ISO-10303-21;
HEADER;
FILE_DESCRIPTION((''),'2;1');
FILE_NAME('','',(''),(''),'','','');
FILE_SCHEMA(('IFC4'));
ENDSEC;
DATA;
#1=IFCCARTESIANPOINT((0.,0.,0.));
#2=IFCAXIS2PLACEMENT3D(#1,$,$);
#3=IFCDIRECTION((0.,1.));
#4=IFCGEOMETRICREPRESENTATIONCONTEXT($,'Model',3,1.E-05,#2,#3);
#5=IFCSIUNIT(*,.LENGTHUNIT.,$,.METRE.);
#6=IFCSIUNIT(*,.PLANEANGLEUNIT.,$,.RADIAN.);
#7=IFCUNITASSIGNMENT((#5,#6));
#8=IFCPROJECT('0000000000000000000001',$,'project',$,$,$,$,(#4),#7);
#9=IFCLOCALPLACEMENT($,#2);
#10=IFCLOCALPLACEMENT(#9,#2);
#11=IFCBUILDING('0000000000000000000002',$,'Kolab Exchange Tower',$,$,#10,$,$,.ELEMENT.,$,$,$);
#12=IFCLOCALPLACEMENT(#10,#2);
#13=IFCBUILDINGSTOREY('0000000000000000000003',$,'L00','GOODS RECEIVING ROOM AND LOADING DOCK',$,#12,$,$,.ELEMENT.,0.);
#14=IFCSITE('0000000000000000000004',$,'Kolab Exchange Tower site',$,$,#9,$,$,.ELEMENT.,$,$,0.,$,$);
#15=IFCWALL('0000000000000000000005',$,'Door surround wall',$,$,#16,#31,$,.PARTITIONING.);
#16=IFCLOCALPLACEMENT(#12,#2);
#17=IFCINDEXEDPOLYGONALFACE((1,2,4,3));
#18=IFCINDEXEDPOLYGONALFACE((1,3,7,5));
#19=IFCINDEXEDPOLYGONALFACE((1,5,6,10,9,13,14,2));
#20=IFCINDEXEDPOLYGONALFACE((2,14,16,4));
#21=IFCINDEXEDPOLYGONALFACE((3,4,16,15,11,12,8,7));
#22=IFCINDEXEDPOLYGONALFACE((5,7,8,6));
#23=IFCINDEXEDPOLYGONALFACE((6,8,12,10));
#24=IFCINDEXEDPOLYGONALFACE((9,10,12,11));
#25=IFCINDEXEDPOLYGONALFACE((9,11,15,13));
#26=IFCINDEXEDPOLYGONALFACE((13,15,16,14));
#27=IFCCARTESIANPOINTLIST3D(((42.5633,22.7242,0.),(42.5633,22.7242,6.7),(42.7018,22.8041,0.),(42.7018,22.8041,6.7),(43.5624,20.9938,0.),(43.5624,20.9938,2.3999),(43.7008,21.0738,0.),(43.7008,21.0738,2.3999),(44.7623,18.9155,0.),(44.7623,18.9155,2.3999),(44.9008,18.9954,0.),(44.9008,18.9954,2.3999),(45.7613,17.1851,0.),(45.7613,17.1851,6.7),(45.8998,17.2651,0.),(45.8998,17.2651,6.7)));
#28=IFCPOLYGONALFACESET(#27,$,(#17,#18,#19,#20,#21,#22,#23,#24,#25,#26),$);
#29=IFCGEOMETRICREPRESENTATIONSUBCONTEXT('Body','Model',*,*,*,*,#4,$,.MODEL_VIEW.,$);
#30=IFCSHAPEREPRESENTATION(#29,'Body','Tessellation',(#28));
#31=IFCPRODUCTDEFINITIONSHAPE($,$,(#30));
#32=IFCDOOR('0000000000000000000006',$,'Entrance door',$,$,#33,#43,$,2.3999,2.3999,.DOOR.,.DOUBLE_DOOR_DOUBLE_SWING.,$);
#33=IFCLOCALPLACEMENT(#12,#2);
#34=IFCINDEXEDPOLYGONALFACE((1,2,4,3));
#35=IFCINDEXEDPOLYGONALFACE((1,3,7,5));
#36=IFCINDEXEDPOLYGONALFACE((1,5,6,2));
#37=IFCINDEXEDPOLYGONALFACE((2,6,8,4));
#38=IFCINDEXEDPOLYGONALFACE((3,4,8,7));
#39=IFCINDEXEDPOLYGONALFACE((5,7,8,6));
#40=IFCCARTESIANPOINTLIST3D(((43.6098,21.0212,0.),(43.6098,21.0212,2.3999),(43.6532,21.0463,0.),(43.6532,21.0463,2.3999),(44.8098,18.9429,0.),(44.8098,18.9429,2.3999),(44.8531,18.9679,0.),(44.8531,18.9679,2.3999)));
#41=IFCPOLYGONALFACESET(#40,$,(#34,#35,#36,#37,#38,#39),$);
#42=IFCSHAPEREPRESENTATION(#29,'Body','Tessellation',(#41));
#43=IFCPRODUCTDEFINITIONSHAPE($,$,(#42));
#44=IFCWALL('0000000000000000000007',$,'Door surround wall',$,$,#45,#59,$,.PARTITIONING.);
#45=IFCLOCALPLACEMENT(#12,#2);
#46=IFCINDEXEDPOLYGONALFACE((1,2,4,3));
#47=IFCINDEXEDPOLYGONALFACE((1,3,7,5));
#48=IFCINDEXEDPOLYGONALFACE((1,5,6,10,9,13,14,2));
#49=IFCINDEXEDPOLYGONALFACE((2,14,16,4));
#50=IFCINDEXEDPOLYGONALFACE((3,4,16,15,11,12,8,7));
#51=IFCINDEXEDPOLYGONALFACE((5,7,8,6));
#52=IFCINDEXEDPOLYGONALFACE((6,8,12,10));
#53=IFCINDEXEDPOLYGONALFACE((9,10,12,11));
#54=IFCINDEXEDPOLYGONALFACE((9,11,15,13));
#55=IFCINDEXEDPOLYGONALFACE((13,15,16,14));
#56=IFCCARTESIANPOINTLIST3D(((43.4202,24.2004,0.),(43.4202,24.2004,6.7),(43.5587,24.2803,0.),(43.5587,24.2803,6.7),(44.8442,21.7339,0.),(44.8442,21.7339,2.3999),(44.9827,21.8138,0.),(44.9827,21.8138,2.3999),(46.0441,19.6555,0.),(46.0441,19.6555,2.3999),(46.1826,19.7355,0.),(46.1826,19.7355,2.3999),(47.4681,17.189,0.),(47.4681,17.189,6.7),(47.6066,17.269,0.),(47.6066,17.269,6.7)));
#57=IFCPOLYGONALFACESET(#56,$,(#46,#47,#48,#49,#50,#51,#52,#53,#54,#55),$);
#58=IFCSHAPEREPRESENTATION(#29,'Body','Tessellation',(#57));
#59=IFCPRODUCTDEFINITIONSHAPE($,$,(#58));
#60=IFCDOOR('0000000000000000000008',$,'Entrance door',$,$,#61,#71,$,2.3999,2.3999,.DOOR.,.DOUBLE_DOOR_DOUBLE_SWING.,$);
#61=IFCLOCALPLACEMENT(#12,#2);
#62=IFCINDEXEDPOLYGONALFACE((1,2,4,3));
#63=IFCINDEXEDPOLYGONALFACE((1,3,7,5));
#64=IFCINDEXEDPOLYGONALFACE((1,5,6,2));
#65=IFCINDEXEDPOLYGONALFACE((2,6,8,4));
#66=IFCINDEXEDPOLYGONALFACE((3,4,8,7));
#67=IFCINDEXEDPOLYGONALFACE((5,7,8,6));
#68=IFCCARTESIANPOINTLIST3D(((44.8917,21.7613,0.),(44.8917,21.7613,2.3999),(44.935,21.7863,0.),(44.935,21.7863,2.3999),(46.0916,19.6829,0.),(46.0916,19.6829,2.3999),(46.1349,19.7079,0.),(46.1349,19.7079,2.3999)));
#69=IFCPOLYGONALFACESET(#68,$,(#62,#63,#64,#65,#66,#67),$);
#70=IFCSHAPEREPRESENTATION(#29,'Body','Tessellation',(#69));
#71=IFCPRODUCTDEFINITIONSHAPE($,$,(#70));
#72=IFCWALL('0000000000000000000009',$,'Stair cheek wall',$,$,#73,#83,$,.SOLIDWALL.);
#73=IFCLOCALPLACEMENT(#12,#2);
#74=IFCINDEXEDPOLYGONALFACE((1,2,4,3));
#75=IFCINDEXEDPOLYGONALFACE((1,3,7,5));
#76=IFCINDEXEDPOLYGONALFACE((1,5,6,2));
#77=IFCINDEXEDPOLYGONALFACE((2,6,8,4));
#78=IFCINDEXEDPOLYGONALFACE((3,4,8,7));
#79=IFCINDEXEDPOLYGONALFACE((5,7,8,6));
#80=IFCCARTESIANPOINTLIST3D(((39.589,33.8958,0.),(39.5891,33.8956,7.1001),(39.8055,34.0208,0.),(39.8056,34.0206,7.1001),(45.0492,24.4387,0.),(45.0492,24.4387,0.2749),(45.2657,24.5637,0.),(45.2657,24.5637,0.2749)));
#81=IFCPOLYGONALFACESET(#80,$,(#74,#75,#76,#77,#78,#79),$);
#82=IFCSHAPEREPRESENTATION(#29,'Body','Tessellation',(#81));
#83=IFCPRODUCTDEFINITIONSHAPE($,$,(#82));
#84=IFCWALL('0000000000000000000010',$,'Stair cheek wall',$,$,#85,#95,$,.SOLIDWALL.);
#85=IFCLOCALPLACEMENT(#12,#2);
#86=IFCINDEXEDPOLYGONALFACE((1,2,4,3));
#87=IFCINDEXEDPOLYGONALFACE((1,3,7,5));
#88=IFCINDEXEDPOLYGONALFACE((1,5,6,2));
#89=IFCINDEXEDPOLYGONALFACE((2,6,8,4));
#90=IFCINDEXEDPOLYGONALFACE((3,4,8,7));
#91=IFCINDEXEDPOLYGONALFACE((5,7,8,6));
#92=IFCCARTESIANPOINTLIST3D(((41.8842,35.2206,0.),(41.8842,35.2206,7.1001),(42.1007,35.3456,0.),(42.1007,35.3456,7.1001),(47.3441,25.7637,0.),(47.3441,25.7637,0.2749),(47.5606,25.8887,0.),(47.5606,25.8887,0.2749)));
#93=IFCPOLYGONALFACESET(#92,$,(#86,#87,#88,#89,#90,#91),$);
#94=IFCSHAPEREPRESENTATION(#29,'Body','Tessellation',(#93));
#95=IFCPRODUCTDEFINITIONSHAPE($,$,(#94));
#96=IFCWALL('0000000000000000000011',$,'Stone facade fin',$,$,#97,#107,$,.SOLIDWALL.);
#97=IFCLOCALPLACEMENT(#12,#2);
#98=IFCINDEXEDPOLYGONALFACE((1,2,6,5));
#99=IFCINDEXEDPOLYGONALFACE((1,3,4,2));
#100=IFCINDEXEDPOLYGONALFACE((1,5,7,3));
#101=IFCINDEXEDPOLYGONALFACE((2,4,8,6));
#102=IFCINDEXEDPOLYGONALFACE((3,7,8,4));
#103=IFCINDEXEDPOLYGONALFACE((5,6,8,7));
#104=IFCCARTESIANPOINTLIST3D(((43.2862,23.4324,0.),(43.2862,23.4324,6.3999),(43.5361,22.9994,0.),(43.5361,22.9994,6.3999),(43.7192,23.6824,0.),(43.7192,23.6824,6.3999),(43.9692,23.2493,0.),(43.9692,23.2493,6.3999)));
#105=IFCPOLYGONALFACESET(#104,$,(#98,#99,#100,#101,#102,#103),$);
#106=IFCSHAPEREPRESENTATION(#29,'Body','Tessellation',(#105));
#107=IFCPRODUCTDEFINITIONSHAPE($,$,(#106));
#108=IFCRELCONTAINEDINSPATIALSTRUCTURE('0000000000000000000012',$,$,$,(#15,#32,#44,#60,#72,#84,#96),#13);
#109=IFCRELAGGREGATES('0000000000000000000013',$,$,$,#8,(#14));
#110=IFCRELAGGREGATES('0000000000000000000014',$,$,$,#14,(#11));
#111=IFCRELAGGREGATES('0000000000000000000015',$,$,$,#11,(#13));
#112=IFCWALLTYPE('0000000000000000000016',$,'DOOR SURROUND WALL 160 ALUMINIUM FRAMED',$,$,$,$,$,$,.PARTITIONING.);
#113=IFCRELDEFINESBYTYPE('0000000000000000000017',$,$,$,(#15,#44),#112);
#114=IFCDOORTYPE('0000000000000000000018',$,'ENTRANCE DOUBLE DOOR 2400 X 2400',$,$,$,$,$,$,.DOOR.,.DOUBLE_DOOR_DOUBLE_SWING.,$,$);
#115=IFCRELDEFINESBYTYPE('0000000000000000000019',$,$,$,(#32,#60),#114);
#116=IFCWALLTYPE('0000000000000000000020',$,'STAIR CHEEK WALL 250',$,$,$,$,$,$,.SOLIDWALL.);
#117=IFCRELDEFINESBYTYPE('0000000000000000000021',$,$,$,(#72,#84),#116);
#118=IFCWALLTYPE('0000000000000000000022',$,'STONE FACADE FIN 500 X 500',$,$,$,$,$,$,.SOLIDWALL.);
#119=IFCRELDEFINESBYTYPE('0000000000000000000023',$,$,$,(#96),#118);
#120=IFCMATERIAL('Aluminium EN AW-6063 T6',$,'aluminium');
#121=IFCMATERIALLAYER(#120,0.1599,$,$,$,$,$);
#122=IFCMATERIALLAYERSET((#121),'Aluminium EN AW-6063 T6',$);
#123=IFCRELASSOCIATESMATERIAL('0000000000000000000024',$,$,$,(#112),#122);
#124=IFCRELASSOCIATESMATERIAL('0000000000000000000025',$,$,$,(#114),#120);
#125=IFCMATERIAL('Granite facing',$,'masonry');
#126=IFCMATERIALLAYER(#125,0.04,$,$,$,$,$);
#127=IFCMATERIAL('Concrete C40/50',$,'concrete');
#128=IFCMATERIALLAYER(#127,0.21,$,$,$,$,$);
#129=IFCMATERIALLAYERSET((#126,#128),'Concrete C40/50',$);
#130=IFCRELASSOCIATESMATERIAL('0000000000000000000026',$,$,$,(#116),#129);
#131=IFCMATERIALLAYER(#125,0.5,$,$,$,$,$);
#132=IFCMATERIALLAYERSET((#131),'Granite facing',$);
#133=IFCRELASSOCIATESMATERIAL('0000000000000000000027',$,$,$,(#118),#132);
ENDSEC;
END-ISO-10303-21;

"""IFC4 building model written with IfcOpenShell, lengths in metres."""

from ifc_helpers import new_model, si_unit, direction, frame, frame_2d, origin, place, context, subcontext, project, spatial, polyline, rectangle, outline, extrude, material, layer, layer_set, type_object, element, fill, save


model = new_model("IFC4")

# Units and contexts
model_context = context("Model", 3, precision=1e-05, world=origin(), true_north=direction((0.0, 1.0)))
body_context = subcontext(model_context, "Body", "Model", "MODEL_VIEW")
ifc_project = project(units=[si_unit("LENGTHUNIT", "METRE"), si_unit("PLANEANGLEUNIT", "RADIAN")], contexts=[model_context])

# Site, building, storey
site_placement = place(None, origin())
site = spatial("IfcSite", under=ifc_project, at=site_placement, Name="Kolab Exchange Tower site", CompositionType="ELEMENT", RefElevation=0.0)
building_placement = place(site_placement, origin())
building = spatial("IfcBuilding", under=site, at=building_placement, Name="Kolab Exchange Tower", CompositionType="ELEMENT")
storey_placement = place(building_placement, origin())
storey = spatial("IfcBuildingStorey", under=building, at=storey_placement, Name="L00", Description="GOODS RECEIVING ROOM AND LOADING DOCK", CompositionType="ELEMENT", Elevation=0.0)

# Walls, openings, doors
ifc_material_1 = material(Name="Aluminium EN AW-6063 T6", Category="aluminium")
ifc_layer_1 = layer(ifc_material_1, 0.1599)
ifc_layer_set_1 = layer_set([ifc_layer_1], Name="Aluminium EN AW-6063 T6")
wall_type_1 = type_object("IfcWallType", Name="DOOR SURROUND WALL 160 ALUMINIUM FRAMED", PredefinedType="PARTITIONING", material=ifc_layer_set_1)
wall_1_placement = place(storey_placement, frame((42.6326, 22.7642, 0.0), z_axis=(0.0, 0.0, 1.0), x_axis=(0.500002, -0.866024, 0.0)))
wall_1 = element("IfcWall", 1, at=wall_1_placement, inside=storey, type_object=wall_type_1, Name="Door surround wall", PredefinedType="PARTITIONING", context=body_context, shape_type="SweptSolid", body=[
    extrude(rectangle(XDim=6.396, YDim=0.1599, at=frame_2d((3.198, 0.0))), origin(), (0.0, 0.0, 1.0), 6.7),
])
opening_1_placement = place(wall_1_placement, frame((1.998, 0.0, 0.0)))
opening_1 = element("IfcOpeningElement", 2, at=opening_1_placement, cuts=wall_1, PredefinedType="OPENING", context=body_context, shape_type="SweptSolid", body=[
    extrude(rectangle(XDim=2.3999, YDim=2.3999, at=frame_2d((1.2, 1.2))), frame((0.0, 0.0898, 0.0), z_axis=(0.0, -1.0, 0.0), x_axis=(1.0, 0.0, 0.0)), (0.0, 0.0, 1.0), 0.1799),
])
door_type = type_object("IfcDoorType", Name="ENTRANCE DOUBLE DOOR 2400 X 2400", OperationType="DOUBLE_DOOR_DOUBLE_SWING", PredefinedType="DOOR", material=ifc_material_1)
door_1_placement = place(opening_1_placement, origin())
door_1 = element("IfcDoor", 3, at=door_1_placement, inside=storey, type_object=door_type, Name="Entrance door", OperationType="DOUBLE_DOOR_DOUBLE_SWING", OverallHeight=2.3999, OverallWidth=2.3999, PredefinedType="DOOR", context=body_context, shape_type="SweptSolid", body=[
    extrude(rectangle(XDim=2.3999, YDim=2.3999, at=frame_2d((1.2, 1.2))), frame((0.0, 0.0249, 0.0), z_axis=(0.0, -1.0, 0.0), x_axis=(1.0, 0.0, 0.0)), (0.0, 0.0, 1.0), 0.05),
])
fill(opening_1, door_1)
wall_2_placement = place(storey_placement, frame((43.4895, 24.2402, 0.0), z_axis=(0.0, 0.0, 1.0), x_axis=(0.499992, -0.86603, 0.0)))
wall_2 = element("IfcWall", 4, at=wall_2_placement, inside=storey, type_object=wall_type_1, Name="Door surround wall", PredefinedType="PARTITIONING", context=body_context, shape_type="SweptSolid", body=[
    extrude(rectangle(XDim=8.0959, YDim=0.1599, at=frame_2d((4.0479, 0.0))), origin(), (0.0, 0.0, 1.0), 6.7),
])
opening_2_placement = place(wall_2_placement, frame((2.8479, 0.0, 0.0)))
opening_2 = element("IfcOpeningElement", 5, at=opening_2_placement, cuts=wall_2, PredefinedType="OPENING", context=body_context, shape_type="SweptSolid", body=[
    extrude(rectangle(XDim=2.3999, YDim=2.3999, at=frame_2d((1.2, 1.2))), frame((0.0, 0.0898, 0.0), z_axis=(0.0, -1.0, 0.0), x_axis=(1.0, 0.0, 0.0)), (0.0, 0.0, 1.0), 0.1799),
])
door_2_placement = place(opening_2_placement, origin())
door_2 = element("IfcDoor", 6, at=door_2_placement, inside=storey, type_object=door_type, Name="Entrance door", OperationType="DOUBLE_DOOR_DOUBLE_SWING", OverallHeight=2.3999, OverallWidth=2.3999, PredefinedType="DOOR", context=body_context, shape_type="SweptSolid", body=[
    extrude(rectangle(XDim=2.3999, YDim=2.3999, at=frame_2d((1.2, 1.2))), frame((0.0, 0.0249, 0.0), z_axis=(0.0, -1.0, 0.0), x_axis=(1.0, 0.0, 0.0)), (0.0, 0.0, 1.0), 0.05),
])
fill(opening_2, door_2)

# Walls
ifc_material_2 = material(Name="Granite facing", Category="masonry")
ifc_layer_2 = layer(ifc_material_2, 0.04)
ifc_material_3 = material(Name="Concrete C40/50", Category="concrete")
ifc_layer_3 = layer(ifc_material_3, 0.21)
ifc_layer_set_2 = layer_set([ifc_layer_2, ifc_layer_3], Name="Concrete C40/50")
wall_type_2 = type_object("IfcWallType", Name="STAIR CHEEK WALL 250", PredefinedType="SOLIDWALL", material=ifc_layer_set_2)
wall_3_placement = place(storey_placement, frame((45.1575, 24.5012, 0.0), z_axis=(0.0, 0.0, 1.0), x_axis=(-0.500013, 0.866018, 0.0)))
element("IfcWall", 7, at=wall_3_placement, inside=storey, type_object=wall_type_2, Name="Stair cheek wall", PredefinedType="SOLIDWALL", context=body_context, shape_type="SweptSolid", body=[
    extrude(outline(polyline([(0.0, 0.0), (10.9202, 0.0), (10.9199, 7.1001), (0.0, 0.2749), (0.0, 0.0)])), frame((0.0, 0.125, 0.0), z_axis=(0.0, -1.0, 0.0), x_axis=(1.0, 0.0, 0.0)), (0.0, 0.0, 1.0), 0.25),
])
wall_4_placement = place(storey_placement, frame((47.4524, 25.8262, 0.0), z_axis=(0.0, 0.0, 1.0), x_axis=(-0.499996, 0.866028, 0.0)))
element("IfcWall", 8, at=wall_4_placement, inside=storey, type_object=wall_type_2, Name="Stair cheek wall", PredefinedType="SOLIDWALL", context=body_context, shape_type="SweptSolid", body=[
    extrude(outline(polyline([(0.0, 0.0), (10.9199, 0.0), (10.9199, 7.1001), (0.0, 0.2749), (0.0, 0.0)])), frame((0.0, 0.125, 0.0), z_axis=(0.0, -1.0, 0.0), x_axis=(1.0, 0.0, 0.0)), (0.0, 0.0, 1.0), 0.25),
])
ifc_layer_4 = layer(ifc_material_2, 0.5)
ifc_layer_set_3 = layer_set([ifc_layer_4], Name="Granite facing")
wall_type_3 = type_object("IfcWallType", Name="STONE FACADE FIN 500 X 500", PredefinedType="SOLIDWALL", material=ifc_layer_set_3)
wall_5_placement = place(storey_placement, frame((43.5027, 23.5574, 0.0), z_axis=(0.0, 0.0, 1.0), x_axis=(0.49992, -0.866072, 0.0)))
element("IfcWall", 9, at=wall_5_placement, inside=storey, type_object=wall_type_3, Name="Stone facade fin", PredefinedType="SOLIDWALL", context=body_context, shape_type="SweptSolid", body=[
    extrude(rectangle(XDim=0.5, YDim=0.5, at=frame_2d((0.25, 0.0))), origin(), (0.0, 0.0, 1.0), 6.3999),
])

save(model, "model.ifc")
